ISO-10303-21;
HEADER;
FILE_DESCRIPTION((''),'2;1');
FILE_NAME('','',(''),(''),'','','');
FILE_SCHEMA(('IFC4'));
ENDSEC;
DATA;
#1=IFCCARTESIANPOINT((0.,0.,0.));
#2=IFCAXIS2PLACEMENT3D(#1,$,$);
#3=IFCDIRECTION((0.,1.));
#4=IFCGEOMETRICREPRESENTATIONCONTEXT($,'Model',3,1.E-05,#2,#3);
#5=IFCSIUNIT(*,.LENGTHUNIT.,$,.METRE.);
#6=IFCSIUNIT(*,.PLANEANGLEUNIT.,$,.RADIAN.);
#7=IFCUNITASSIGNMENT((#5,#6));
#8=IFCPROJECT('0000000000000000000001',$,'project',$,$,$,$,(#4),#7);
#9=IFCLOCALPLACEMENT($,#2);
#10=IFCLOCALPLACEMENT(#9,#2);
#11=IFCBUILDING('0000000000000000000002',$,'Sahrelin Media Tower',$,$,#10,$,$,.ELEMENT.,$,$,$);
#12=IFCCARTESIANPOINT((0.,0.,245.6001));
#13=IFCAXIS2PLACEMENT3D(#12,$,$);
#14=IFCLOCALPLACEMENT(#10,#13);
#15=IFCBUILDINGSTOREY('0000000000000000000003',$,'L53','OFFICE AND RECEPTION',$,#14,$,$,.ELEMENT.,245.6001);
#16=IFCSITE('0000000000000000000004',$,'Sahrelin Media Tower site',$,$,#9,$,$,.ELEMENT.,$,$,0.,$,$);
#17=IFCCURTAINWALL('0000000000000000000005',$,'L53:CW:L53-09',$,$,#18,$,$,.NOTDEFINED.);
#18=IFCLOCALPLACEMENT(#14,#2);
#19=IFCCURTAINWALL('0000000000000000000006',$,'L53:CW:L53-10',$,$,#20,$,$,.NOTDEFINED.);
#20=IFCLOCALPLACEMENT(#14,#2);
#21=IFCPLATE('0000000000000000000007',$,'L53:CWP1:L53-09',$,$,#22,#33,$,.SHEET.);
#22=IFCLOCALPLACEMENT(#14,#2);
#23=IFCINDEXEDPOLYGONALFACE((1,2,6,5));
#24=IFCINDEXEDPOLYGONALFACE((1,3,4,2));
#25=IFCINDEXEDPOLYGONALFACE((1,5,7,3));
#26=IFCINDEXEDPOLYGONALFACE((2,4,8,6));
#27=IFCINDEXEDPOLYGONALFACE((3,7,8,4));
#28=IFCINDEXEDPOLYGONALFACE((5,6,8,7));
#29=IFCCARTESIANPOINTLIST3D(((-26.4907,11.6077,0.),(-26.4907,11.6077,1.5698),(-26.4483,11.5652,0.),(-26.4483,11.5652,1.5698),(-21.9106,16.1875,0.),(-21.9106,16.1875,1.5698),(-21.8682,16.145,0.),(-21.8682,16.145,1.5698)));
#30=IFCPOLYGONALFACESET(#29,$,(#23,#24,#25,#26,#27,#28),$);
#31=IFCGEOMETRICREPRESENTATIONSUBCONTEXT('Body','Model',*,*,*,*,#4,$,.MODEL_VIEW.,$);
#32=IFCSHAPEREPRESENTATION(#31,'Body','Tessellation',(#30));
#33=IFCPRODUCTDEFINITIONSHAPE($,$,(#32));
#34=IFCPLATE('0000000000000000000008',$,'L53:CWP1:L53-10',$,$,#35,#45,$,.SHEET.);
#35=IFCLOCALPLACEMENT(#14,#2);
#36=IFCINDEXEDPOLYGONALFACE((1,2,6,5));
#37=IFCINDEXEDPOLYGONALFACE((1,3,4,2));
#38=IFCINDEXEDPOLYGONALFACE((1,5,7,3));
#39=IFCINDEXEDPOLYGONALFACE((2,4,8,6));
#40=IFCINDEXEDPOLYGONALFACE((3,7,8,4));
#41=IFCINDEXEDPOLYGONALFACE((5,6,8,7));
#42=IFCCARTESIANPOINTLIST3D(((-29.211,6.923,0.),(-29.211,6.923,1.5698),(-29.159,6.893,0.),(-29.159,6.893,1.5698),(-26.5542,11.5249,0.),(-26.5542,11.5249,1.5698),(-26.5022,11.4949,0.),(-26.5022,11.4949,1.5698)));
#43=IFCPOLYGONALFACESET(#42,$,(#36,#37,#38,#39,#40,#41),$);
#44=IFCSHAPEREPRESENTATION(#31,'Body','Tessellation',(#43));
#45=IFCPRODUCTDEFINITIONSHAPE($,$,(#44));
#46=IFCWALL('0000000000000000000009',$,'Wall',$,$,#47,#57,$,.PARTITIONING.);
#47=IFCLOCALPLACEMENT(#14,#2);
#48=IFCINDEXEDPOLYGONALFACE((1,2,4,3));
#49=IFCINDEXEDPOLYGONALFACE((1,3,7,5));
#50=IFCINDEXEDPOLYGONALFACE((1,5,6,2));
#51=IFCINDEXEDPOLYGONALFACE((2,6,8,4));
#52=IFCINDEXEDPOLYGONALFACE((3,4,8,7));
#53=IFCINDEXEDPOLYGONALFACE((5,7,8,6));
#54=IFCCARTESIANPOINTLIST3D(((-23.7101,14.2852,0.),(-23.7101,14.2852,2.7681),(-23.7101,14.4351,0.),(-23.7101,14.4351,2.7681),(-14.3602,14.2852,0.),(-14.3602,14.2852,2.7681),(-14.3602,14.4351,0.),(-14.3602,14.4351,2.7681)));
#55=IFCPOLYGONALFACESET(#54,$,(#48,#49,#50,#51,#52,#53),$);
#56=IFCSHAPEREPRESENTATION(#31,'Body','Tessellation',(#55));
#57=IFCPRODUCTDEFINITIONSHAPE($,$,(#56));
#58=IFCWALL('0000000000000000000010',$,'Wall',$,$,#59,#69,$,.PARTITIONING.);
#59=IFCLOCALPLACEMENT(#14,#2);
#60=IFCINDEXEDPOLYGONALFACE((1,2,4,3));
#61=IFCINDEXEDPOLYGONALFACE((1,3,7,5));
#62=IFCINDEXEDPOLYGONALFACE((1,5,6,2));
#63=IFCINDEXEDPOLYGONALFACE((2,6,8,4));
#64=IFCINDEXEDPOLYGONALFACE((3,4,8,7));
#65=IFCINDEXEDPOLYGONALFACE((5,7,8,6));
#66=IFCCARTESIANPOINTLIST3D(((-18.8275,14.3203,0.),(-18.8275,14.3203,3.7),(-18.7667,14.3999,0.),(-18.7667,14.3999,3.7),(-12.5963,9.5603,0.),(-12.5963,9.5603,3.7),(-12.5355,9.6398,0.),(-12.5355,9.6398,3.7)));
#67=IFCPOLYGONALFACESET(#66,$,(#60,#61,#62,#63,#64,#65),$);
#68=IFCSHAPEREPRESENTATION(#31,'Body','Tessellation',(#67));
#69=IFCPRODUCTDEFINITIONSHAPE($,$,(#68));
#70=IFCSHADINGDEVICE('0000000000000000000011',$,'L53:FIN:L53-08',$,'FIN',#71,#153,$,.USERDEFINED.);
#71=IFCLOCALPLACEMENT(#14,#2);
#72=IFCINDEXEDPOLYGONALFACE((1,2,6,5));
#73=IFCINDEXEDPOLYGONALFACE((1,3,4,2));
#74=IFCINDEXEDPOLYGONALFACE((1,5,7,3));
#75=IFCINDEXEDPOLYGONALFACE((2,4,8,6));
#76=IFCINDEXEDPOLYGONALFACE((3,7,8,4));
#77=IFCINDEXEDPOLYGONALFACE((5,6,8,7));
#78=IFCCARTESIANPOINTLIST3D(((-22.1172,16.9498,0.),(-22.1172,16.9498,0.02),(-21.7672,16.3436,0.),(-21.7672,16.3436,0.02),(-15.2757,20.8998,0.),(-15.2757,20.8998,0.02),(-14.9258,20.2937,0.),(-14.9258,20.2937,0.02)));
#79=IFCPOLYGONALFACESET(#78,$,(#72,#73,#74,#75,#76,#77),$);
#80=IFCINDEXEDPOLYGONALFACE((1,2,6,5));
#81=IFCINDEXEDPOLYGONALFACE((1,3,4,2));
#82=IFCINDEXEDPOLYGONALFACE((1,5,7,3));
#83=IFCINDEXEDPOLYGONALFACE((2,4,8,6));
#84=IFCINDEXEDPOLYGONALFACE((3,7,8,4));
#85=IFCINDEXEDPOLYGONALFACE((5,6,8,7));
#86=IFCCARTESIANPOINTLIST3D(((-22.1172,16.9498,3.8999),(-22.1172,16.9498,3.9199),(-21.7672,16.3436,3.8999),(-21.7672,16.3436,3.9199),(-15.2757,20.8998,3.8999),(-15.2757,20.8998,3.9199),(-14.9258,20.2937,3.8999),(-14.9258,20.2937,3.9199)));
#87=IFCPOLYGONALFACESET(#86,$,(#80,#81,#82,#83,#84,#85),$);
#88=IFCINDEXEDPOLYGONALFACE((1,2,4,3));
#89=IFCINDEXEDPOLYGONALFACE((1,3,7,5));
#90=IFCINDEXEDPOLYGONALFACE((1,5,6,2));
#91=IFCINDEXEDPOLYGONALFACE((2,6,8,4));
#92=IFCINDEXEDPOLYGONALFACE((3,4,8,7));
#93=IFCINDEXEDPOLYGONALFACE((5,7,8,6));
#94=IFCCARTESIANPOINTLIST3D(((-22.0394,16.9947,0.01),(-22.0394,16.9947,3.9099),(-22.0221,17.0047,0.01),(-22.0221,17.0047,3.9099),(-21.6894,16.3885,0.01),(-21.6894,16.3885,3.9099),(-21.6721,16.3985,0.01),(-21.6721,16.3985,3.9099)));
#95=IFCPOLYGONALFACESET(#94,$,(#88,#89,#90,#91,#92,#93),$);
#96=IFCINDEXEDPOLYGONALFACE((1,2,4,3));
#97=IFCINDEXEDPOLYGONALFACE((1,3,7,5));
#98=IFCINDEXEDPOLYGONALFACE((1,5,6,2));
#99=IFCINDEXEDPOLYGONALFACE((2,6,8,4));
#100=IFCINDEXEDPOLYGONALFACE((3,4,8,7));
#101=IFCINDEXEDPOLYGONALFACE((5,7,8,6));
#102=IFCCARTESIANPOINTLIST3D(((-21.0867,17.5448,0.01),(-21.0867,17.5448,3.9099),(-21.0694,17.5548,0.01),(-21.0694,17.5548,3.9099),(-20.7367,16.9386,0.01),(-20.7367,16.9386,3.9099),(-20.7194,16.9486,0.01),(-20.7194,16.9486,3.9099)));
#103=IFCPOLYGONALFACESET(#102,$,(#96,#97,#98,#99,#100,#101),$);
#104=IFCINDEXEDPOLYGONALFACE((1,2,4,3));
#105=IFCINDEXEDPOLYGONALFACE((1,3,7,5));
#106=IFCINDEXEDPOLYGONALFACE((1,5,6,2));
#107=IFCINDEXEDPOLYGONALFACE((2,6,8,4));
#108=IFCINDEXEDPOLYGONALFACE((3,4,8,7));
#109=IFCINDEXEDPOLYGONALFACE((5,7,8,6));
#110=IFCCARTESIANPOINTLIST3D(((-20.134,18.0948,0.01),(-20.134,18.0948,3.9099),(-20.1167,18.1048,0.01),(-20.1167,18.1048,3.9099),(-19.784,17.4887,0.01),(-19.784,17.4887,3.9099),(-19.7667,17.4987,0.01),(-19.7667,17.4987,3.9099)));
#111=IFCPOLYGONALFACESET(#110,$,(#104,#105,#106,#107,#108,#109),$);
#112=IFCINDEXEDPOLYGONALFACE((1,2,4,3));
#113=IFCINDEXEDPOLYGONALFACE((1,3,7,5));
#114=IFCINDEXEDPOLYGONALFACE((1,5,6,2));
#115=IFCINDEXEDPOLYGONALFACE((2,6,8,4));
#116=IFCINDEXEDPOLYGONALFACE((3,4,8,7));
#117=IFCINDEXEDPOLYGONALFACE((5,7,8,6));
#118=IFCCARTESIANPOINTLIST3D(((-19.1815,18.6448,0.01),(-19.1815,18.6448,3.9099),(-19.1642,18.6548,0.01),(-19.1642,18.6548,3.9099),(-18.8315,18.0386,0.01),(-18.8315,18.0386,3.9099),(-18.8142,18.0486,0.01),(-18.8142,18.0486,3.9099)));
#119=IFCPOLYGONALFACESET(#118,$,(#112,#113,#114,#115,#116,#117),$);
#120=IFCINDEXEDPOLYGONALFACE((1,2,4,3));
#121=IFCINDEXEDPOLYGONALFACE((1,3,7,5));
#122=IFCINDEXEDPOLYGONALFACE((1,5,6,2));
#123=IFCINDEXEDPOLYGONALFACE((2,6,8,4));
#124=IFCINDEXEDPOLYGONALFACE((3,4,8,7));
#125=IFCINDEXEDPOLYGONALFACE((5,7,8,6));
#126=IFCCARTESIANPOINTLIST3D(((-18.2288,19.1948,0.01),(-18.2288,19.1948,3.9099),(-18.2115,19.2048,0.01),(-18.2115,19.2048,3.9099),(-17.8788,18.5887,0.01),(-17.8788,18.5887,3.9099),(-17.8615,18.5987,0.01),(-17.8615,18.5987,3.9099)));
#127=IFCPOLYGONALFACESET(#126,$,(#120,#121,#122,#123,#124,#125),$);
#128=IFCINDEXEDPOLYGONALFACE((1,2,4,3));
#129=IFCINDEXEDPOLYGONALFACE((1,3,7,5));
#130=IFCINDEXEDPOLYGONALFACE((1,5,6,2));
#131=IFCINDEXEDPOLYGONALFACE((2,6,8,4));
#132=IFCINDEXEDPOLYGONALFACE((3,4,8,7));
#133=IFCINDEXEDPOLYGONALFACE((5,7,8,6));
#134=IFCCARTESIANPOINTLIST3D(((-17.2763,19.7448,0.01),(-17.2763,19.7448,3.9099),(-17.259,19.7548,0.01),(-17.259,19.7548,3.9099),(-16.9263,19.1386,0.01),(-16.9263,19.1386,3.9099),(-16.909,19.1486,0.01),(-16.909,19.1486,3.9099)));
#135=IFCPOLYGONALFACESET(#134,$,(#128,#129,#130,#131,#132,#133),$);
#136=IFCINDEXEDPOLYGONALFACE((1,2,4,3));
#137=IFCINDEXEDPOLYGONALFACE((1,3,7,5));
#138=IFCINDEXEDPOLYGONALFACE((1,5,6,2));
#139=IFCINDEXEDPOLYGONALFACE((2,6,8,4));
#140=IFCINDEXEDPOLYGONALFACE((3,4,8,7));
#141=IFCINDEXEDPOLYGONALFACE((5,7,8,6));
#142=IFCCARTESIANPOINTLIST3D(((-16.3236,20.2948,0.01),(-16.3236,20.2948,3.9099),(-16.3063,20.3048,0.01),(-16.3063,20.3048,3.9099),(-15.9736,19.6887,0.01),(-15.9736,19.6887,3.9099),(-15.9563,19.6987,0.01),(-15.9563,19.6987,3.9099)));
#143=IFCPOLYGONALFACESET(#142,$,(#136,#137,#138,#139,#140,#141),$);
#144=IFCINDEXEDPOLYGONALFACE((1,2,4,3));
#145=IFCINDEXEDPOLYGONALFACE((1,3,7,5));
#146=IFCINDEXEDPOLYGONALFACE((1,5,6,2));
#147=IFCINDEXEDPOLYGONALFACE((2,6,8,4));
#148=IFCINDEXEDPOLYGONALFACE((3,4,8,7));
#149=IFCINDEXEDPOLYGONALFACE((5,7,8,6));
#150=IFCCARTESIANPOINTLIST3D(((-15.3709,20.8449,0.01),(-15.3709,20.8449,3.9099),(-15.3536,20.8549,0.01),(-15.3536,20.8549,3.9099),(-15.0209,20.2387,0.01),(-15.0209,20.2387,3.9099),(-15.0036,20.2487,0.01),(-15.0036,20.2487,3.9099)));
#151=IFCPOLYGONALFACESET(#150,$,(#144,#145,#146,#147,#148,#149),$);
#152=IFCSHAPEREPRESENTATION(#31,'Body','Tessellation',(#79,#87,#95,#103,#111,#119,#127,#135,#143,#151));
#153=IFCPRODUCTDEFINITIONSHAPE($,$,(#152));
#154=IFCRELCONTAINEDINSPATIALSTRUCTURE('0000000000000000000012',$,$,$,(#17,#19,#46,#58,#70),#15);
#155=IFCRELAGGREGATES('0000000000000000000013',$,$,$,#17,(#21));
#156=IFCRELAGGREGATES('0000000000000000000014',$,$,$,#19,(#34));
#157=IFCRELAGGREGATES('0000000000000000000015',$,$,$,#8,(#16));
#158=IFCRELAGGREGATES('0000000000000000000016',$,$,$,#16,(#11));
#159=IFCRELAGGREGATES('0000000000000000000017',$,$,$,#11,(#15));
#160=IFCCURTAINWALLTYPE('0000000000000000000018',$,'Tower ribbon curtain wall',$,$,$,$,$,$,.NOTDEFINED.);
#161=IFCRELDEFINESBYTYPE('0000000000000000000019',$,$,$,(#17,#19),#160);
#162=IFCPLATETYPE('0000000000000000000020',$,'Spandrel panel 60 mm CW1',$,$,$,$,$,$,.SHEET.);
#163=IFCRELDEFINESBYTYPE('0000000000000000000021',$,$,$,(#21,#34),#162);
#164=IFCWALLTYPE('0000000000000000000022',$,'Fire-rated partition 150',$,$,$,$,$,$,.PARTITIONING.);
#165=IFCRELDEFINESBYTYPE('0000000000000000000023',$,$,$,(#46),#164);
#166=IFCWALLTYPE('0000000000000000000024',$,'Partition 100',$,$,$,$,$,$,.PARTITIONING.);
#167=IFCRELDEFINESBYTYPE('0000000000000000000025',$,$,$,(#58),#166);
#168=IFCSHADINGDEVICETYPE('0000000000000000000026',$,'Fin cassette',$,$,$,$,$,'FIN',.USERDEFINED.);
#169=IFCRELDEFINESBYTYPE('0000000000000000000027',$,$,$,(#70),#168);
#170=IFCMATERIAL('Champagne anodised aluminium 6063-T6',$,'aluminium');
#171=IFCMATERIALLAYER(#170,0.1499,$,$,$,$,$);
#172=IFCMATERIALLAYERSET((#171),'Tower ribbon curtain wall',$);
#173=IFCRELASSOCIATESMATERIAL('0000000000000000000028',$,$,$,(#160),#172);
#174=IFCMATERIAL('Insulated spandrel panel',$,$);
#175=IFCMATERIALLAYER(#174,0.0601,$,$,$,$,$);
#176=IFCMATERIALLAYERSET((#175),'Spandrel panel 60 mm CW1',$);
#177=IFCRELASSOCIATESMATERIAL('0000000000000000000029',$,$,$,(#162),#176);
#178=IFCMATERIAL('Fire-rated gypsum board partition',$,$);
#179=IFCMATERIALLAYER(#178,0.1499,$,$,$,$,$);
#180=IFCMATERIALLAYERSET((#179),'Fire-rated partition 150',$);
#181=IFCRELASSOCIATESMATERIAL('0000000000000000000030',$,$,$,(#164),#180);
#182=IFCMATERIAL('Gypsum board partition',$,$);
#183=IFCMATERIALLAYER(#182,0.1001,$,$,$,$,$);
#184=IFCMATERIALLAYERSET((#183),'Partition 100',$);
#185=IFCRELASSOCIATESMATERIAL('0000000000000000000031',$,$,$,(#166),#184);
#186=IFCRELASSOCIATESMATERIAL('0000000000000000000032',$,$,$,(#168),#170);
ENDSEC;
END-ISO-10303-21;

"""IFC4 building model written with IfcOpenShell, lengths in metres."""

from ifc_helpers import new_model, si_unit, direction, frame, frame_2d, origin, origin_2d, place, context, subcontext, project, spatial, polyline, rectangle, outline, extrude, material, layer, layer_set, type_object, element, aggregate, save


model = new_model("IFC4")

# Units and contexts
model_context = context("Model", 3, precision=1e-05, world=origin(), true_north=direction((0.0, 1.0)))
body_context = subcontext(model_context, "Body", "Model", "MODEL_VIEW")
ifc_project = project(units=[si_unit("LENGTHUNIT", "METRE"), si_unit("PLANEANGLEUNIT", "RADIAN")], contexts=[model_context])

# Site, building, storey
site_placement = place(None, origin())
site = spatial("IfcSite", under=ifc_project, at=site_placement, Name="Sahrelin Media Tower site", CompositionType="ELEMENT", RefElevation=0.0)
building_placement = place(site_placement, origin())
building = spatial("IfcBuilding", under=site, at=building_placement, Name="Sahrelin Media Tower", CompositionType="ELEMENT")
storey_placement = place(building_placement, frame((0.0, 0.0, 245.6001)))
storey = spatial("IfcBuildingStorey", under=building, at=storey_placement, Name="L53", Description="OFFICE AND RECEPTION", CompositionType="ELEMENT", Elevation=245.6001)

# Curtain wall
ifc_material_1 = material(Name="Champagne anodised aluminium 6063-T6", Category="aluminium")
ifc_layer_1 = layer(ifc_material_1, 0.1499)
ifc_layer_set_1 = layer_set([ifc_layer_1], Name="Tower ribbon curtain wall")
curtain_wall_type = type_object("IfcCurtainWallType", Name="Tower ribbon curtain wall", PredefinedType="NOTDEFINED", material=ifc_layer_set_1)
curtain_wall_1_placement = place(storey_placement, frame((-24.1865, 13.8835, 0.0), z_axis=(0.0, 0.0, 1.0), x_axis=(1.0, 0.0, 0.0)))
curtain_wall_1 = element("IfcCurtainWall", 1, at=curtain_wall_1_placement, inside=storey, type_object=curtain_wall_type, Name="L53:CW:L53-09", PredefinedType="NOTDEFINED")

# Curtain wall
curtain_wall_2_placement = place(storey_placement, frame((-27.8652, 9.2141, 0.0), z_axis=(0.0, 0.0, 1.0), x_axis=(1.0, 0.0, 0.0)))
curtain_wall_2 = element("IfcCurtainWall", 2, at=curtain_wall_2_placement, inside=storey, type_object=curtain_wall_type, Name="L53:CW:L53-10", PredefinedType="NOTDEFINED")

# Plates
ifc_material_2 = material(Name="Insulated spandrel panel")
ifc_layer_2 = layer(ifc_material_2, 0.0601)
ifc_layer_set_2 = layer_set([ifc_layer_2], Name="Spandrel panel 60 mm CW1")
plate_type_1 = type_object("IfcPlateType", Name="Spandrel panel 60 mm CW1", PredefinedType="SHEET", material=ifc_layer_set_2)
plate_1_placement = place(storey_placement, frame((-21.9106, 16.1875, 0.0), z_axis=(-0.707088, 0.707126, 0.0), x_axis=(-0.707126, -0.707088, 0.0)))
plate_1 = element("IfcPlate", 3, at=plate_1_placement, type_object=plate_type_1, Name="L53:CWP1:L53-09", PredefinedType="SHEET", context=body_context, shape_type="SweptSolid", body=[
    extrude(outline(polyline([(0.0, 0.0), (6.4771, 0.0), (6.4771, 1.5698), (0.0, 1.5698), (0.0, 0.0)])), origin(), (0.0, 0.0, -1.0), 0.0601),
])
aggregate(curtain_wall_1, [plate_1])
plate_2_placement = place(storey_placement, frame((-26.5542, 11.5249, 0.0), z_axis=(-0.866035, 0.499984, 0.0), x_axis=(-0.499984, -0.866035, 0.0)))
plate_2 = element("IfcPlate", 4, at=plate_2_placement, type_object=plate_type_1, Name="L53:CWP1:L53-10", PredefinedType="SHEET", context=body_context, shape_type="SweptSolid", body=[
    extrude(outline(polyline([(0.0, 0.0), (5.3137, 0.0), (5.3137, 1.5698), (0.0, 1.5698), (0.0, 0.0)])), origin(), (0.0, 0.0, -1.0), 0.0601),
])
aggregate(curtain_wall_2, [plate_2])

# Walls
ifc_material_3 = material(Name="Fire-rated gypsum board partition")
ifc_layer_3 = layer(ifc_material_3, 0.1499)
ifc_layer_set_3 = layer_set([ifc_layer_3], Name="Fire-rated partition 150")
wall_type_1 = type_object("IfcWallType", Name="Fire-rated partition 150", PredefinedType="PARTITIONING", material=ifc_layer_set_3)
wall_1_placement = place(storey_placement, frame((-23.71, 14.3601, 0.0), z_axis=(0.0, 0.0, 1.0), x_axis=(1.0, 0.0, 0.0)))
element("IfcWall", 5, at=wall_1_placement, inside=storey, type_object=wall_type_1, Name="Wall", PredefinedType="PARTITIONING", context=body_context, shape_type="SweptSolid", body=[
    extrude(rectangle(XDim=9.3499, YDim=0.1499, at=frame_2d((4.6748, 0.0))), origin(), (0.0, 0.0, 1.0), 2.7681),
])
ifc_material_4 = material(Name="Gypsum board partition")
ifc_layer_4 = layer(ifc_material_4, 0.1001)
ifc_layer_set_4 = layer_set([ifc_layer_4], Name="Partition 100")
wall_type_2 = type_object("IfcWallType", Name="Partition 100", PredefinedType="PARTITIONING", material=ifc_layer_set_4)
wall_2_placement = place(storey_placement, frame((-18.7971, 14.3601, 0.0), z_axis=(0.0, 0.0, 1.0), x_axis=(0.794667, -0.607046, 0.0)))
element("IfcWall", 6, at=wall_2_placement, inside=storey, type_object=wall_type_2, Name="Wall", PredefinedType="PARTITIONING", context=body_context, shape_type="SweptSolid", body=[
    extrude(rectangle(XDim=7.8413, YDim=0.1001, at=frame_2d((3.9207, 0.0))), origin(), (0.0, 0.0, 1.0), 3.7),
])

# Shading device
shading_device_type_1 = type_object("IfcShadingDeviceType", Name="Fin cassette", ElementType="FIN", PredefinedType="USERDEFINED", material=ifc_material_1)
placement_1 = place(storey_placement, frame((-18.3115, 18.2581, 0.0), z_axis=(0.0, 0.0, 1.0), x_axis=(0.866019, 0.500011, 0.0)))
element("IfcShadingDevice", 7, at=placement_1, inside=storey, type_object=shading_device_type_1, Name="L53:FIN:L53-08", ObjectType="FIN", PredefinedType="USERDEFINED", context=body_context, shape_type="SweptSolid", body=[
    extrude(rectangle(XDim=7.8999, YDim=0.7, at=origin_2d()), frame((0.0, 0.4199, 0.0)), (0.0, 0.0, 1.0), 0.02),
    extrude(rectangle(XDim=7.8999, YDim=0.7, at=origin_2d()), frame((0.0, 0.4199, 3.8999)), (0.0, 0.0, 1.0), 0.02),
    extrude(rectangle(XDim=0.02, YDim=0.7, at=origin_2d()), frame((-3.8501, 0.4199, 0.01), z_axis=(0.0, 0.0, 1.0), x_axis=(1.0, 0.0, 0.0)), (0.0, 0.0, 1.0), 3.8999),
    extrude(rectangle(XDim=0.02, YDim=0.7, at=origin_2d()), frame((-2.75, 0.4199, 0.01), z_axis=(0.0, 0.0, 1.0), x_axis=(1.0, 0.0, 0.0)), (0.0, 0.0, 1.0), 3.8999),
    extrude(rectangle(XDim=0.02, YDim=0.7, at=origin_2d()), frame((-1.6499, 0.4199, 0.01), z_axis=(0.0, 0.0, 1.0), x_axis=(1.0, 0.0, 0.0)), (0.0, 0.0, 1.0), 3.8999),
    extrude(rectangle(XDim=0.02, YDim=0.7, at=origin_2d()), frame((-0.55, 0.4199, 0.01), z_axis=(0.0, 0.0, 1.0), x_axis=(1.0, 0.0, 0.0)), (0.0, 0.0, 1.0), 3.8999),
    extrude(rectangle(XDim=0.02, YDim=0.7, at=origin_2d()), frame((0.55, 0.4199, 0.01), z_axis=(0.0, 0.0, 1.0), x_axis=(1.0, 0.0, 0.0)), (0.0, 0.0, 1.0), 3.8999),
    extrude(rectangle(XDim=0.02, YDim=0.7, at=origin_2d()), frame((1.6499, 0.4199, 0.01), z_axis=(0.0, 0.0, 1.0), x_axis=(1.0, 0.0, 0.0)), (0.0, 0.0, 1.0), 3.8999),
    extrude(rectangle(XDim=0.02, YDim=0.7, at=origin_2d()), frame((2.75, 0.4199, 0.01), z_axis=(0.0, 0.0, 1.0), x_axis=(1.0, 0.0, 0.0)), (0.0, 0.0, 1.0), 3.8999),
    extrude(rectangle(XDim=0.02, YDim=0.7, at=origin_2d()), frame((3.8501, 0.4199, 0.01), z_axis=(0.0, 0.0, 1.0), x_axis=(1.0, 0.0, 0.0)), (0.0, 0.0, 1.0), 3.8999),
])

save(model, "model.ifc")
